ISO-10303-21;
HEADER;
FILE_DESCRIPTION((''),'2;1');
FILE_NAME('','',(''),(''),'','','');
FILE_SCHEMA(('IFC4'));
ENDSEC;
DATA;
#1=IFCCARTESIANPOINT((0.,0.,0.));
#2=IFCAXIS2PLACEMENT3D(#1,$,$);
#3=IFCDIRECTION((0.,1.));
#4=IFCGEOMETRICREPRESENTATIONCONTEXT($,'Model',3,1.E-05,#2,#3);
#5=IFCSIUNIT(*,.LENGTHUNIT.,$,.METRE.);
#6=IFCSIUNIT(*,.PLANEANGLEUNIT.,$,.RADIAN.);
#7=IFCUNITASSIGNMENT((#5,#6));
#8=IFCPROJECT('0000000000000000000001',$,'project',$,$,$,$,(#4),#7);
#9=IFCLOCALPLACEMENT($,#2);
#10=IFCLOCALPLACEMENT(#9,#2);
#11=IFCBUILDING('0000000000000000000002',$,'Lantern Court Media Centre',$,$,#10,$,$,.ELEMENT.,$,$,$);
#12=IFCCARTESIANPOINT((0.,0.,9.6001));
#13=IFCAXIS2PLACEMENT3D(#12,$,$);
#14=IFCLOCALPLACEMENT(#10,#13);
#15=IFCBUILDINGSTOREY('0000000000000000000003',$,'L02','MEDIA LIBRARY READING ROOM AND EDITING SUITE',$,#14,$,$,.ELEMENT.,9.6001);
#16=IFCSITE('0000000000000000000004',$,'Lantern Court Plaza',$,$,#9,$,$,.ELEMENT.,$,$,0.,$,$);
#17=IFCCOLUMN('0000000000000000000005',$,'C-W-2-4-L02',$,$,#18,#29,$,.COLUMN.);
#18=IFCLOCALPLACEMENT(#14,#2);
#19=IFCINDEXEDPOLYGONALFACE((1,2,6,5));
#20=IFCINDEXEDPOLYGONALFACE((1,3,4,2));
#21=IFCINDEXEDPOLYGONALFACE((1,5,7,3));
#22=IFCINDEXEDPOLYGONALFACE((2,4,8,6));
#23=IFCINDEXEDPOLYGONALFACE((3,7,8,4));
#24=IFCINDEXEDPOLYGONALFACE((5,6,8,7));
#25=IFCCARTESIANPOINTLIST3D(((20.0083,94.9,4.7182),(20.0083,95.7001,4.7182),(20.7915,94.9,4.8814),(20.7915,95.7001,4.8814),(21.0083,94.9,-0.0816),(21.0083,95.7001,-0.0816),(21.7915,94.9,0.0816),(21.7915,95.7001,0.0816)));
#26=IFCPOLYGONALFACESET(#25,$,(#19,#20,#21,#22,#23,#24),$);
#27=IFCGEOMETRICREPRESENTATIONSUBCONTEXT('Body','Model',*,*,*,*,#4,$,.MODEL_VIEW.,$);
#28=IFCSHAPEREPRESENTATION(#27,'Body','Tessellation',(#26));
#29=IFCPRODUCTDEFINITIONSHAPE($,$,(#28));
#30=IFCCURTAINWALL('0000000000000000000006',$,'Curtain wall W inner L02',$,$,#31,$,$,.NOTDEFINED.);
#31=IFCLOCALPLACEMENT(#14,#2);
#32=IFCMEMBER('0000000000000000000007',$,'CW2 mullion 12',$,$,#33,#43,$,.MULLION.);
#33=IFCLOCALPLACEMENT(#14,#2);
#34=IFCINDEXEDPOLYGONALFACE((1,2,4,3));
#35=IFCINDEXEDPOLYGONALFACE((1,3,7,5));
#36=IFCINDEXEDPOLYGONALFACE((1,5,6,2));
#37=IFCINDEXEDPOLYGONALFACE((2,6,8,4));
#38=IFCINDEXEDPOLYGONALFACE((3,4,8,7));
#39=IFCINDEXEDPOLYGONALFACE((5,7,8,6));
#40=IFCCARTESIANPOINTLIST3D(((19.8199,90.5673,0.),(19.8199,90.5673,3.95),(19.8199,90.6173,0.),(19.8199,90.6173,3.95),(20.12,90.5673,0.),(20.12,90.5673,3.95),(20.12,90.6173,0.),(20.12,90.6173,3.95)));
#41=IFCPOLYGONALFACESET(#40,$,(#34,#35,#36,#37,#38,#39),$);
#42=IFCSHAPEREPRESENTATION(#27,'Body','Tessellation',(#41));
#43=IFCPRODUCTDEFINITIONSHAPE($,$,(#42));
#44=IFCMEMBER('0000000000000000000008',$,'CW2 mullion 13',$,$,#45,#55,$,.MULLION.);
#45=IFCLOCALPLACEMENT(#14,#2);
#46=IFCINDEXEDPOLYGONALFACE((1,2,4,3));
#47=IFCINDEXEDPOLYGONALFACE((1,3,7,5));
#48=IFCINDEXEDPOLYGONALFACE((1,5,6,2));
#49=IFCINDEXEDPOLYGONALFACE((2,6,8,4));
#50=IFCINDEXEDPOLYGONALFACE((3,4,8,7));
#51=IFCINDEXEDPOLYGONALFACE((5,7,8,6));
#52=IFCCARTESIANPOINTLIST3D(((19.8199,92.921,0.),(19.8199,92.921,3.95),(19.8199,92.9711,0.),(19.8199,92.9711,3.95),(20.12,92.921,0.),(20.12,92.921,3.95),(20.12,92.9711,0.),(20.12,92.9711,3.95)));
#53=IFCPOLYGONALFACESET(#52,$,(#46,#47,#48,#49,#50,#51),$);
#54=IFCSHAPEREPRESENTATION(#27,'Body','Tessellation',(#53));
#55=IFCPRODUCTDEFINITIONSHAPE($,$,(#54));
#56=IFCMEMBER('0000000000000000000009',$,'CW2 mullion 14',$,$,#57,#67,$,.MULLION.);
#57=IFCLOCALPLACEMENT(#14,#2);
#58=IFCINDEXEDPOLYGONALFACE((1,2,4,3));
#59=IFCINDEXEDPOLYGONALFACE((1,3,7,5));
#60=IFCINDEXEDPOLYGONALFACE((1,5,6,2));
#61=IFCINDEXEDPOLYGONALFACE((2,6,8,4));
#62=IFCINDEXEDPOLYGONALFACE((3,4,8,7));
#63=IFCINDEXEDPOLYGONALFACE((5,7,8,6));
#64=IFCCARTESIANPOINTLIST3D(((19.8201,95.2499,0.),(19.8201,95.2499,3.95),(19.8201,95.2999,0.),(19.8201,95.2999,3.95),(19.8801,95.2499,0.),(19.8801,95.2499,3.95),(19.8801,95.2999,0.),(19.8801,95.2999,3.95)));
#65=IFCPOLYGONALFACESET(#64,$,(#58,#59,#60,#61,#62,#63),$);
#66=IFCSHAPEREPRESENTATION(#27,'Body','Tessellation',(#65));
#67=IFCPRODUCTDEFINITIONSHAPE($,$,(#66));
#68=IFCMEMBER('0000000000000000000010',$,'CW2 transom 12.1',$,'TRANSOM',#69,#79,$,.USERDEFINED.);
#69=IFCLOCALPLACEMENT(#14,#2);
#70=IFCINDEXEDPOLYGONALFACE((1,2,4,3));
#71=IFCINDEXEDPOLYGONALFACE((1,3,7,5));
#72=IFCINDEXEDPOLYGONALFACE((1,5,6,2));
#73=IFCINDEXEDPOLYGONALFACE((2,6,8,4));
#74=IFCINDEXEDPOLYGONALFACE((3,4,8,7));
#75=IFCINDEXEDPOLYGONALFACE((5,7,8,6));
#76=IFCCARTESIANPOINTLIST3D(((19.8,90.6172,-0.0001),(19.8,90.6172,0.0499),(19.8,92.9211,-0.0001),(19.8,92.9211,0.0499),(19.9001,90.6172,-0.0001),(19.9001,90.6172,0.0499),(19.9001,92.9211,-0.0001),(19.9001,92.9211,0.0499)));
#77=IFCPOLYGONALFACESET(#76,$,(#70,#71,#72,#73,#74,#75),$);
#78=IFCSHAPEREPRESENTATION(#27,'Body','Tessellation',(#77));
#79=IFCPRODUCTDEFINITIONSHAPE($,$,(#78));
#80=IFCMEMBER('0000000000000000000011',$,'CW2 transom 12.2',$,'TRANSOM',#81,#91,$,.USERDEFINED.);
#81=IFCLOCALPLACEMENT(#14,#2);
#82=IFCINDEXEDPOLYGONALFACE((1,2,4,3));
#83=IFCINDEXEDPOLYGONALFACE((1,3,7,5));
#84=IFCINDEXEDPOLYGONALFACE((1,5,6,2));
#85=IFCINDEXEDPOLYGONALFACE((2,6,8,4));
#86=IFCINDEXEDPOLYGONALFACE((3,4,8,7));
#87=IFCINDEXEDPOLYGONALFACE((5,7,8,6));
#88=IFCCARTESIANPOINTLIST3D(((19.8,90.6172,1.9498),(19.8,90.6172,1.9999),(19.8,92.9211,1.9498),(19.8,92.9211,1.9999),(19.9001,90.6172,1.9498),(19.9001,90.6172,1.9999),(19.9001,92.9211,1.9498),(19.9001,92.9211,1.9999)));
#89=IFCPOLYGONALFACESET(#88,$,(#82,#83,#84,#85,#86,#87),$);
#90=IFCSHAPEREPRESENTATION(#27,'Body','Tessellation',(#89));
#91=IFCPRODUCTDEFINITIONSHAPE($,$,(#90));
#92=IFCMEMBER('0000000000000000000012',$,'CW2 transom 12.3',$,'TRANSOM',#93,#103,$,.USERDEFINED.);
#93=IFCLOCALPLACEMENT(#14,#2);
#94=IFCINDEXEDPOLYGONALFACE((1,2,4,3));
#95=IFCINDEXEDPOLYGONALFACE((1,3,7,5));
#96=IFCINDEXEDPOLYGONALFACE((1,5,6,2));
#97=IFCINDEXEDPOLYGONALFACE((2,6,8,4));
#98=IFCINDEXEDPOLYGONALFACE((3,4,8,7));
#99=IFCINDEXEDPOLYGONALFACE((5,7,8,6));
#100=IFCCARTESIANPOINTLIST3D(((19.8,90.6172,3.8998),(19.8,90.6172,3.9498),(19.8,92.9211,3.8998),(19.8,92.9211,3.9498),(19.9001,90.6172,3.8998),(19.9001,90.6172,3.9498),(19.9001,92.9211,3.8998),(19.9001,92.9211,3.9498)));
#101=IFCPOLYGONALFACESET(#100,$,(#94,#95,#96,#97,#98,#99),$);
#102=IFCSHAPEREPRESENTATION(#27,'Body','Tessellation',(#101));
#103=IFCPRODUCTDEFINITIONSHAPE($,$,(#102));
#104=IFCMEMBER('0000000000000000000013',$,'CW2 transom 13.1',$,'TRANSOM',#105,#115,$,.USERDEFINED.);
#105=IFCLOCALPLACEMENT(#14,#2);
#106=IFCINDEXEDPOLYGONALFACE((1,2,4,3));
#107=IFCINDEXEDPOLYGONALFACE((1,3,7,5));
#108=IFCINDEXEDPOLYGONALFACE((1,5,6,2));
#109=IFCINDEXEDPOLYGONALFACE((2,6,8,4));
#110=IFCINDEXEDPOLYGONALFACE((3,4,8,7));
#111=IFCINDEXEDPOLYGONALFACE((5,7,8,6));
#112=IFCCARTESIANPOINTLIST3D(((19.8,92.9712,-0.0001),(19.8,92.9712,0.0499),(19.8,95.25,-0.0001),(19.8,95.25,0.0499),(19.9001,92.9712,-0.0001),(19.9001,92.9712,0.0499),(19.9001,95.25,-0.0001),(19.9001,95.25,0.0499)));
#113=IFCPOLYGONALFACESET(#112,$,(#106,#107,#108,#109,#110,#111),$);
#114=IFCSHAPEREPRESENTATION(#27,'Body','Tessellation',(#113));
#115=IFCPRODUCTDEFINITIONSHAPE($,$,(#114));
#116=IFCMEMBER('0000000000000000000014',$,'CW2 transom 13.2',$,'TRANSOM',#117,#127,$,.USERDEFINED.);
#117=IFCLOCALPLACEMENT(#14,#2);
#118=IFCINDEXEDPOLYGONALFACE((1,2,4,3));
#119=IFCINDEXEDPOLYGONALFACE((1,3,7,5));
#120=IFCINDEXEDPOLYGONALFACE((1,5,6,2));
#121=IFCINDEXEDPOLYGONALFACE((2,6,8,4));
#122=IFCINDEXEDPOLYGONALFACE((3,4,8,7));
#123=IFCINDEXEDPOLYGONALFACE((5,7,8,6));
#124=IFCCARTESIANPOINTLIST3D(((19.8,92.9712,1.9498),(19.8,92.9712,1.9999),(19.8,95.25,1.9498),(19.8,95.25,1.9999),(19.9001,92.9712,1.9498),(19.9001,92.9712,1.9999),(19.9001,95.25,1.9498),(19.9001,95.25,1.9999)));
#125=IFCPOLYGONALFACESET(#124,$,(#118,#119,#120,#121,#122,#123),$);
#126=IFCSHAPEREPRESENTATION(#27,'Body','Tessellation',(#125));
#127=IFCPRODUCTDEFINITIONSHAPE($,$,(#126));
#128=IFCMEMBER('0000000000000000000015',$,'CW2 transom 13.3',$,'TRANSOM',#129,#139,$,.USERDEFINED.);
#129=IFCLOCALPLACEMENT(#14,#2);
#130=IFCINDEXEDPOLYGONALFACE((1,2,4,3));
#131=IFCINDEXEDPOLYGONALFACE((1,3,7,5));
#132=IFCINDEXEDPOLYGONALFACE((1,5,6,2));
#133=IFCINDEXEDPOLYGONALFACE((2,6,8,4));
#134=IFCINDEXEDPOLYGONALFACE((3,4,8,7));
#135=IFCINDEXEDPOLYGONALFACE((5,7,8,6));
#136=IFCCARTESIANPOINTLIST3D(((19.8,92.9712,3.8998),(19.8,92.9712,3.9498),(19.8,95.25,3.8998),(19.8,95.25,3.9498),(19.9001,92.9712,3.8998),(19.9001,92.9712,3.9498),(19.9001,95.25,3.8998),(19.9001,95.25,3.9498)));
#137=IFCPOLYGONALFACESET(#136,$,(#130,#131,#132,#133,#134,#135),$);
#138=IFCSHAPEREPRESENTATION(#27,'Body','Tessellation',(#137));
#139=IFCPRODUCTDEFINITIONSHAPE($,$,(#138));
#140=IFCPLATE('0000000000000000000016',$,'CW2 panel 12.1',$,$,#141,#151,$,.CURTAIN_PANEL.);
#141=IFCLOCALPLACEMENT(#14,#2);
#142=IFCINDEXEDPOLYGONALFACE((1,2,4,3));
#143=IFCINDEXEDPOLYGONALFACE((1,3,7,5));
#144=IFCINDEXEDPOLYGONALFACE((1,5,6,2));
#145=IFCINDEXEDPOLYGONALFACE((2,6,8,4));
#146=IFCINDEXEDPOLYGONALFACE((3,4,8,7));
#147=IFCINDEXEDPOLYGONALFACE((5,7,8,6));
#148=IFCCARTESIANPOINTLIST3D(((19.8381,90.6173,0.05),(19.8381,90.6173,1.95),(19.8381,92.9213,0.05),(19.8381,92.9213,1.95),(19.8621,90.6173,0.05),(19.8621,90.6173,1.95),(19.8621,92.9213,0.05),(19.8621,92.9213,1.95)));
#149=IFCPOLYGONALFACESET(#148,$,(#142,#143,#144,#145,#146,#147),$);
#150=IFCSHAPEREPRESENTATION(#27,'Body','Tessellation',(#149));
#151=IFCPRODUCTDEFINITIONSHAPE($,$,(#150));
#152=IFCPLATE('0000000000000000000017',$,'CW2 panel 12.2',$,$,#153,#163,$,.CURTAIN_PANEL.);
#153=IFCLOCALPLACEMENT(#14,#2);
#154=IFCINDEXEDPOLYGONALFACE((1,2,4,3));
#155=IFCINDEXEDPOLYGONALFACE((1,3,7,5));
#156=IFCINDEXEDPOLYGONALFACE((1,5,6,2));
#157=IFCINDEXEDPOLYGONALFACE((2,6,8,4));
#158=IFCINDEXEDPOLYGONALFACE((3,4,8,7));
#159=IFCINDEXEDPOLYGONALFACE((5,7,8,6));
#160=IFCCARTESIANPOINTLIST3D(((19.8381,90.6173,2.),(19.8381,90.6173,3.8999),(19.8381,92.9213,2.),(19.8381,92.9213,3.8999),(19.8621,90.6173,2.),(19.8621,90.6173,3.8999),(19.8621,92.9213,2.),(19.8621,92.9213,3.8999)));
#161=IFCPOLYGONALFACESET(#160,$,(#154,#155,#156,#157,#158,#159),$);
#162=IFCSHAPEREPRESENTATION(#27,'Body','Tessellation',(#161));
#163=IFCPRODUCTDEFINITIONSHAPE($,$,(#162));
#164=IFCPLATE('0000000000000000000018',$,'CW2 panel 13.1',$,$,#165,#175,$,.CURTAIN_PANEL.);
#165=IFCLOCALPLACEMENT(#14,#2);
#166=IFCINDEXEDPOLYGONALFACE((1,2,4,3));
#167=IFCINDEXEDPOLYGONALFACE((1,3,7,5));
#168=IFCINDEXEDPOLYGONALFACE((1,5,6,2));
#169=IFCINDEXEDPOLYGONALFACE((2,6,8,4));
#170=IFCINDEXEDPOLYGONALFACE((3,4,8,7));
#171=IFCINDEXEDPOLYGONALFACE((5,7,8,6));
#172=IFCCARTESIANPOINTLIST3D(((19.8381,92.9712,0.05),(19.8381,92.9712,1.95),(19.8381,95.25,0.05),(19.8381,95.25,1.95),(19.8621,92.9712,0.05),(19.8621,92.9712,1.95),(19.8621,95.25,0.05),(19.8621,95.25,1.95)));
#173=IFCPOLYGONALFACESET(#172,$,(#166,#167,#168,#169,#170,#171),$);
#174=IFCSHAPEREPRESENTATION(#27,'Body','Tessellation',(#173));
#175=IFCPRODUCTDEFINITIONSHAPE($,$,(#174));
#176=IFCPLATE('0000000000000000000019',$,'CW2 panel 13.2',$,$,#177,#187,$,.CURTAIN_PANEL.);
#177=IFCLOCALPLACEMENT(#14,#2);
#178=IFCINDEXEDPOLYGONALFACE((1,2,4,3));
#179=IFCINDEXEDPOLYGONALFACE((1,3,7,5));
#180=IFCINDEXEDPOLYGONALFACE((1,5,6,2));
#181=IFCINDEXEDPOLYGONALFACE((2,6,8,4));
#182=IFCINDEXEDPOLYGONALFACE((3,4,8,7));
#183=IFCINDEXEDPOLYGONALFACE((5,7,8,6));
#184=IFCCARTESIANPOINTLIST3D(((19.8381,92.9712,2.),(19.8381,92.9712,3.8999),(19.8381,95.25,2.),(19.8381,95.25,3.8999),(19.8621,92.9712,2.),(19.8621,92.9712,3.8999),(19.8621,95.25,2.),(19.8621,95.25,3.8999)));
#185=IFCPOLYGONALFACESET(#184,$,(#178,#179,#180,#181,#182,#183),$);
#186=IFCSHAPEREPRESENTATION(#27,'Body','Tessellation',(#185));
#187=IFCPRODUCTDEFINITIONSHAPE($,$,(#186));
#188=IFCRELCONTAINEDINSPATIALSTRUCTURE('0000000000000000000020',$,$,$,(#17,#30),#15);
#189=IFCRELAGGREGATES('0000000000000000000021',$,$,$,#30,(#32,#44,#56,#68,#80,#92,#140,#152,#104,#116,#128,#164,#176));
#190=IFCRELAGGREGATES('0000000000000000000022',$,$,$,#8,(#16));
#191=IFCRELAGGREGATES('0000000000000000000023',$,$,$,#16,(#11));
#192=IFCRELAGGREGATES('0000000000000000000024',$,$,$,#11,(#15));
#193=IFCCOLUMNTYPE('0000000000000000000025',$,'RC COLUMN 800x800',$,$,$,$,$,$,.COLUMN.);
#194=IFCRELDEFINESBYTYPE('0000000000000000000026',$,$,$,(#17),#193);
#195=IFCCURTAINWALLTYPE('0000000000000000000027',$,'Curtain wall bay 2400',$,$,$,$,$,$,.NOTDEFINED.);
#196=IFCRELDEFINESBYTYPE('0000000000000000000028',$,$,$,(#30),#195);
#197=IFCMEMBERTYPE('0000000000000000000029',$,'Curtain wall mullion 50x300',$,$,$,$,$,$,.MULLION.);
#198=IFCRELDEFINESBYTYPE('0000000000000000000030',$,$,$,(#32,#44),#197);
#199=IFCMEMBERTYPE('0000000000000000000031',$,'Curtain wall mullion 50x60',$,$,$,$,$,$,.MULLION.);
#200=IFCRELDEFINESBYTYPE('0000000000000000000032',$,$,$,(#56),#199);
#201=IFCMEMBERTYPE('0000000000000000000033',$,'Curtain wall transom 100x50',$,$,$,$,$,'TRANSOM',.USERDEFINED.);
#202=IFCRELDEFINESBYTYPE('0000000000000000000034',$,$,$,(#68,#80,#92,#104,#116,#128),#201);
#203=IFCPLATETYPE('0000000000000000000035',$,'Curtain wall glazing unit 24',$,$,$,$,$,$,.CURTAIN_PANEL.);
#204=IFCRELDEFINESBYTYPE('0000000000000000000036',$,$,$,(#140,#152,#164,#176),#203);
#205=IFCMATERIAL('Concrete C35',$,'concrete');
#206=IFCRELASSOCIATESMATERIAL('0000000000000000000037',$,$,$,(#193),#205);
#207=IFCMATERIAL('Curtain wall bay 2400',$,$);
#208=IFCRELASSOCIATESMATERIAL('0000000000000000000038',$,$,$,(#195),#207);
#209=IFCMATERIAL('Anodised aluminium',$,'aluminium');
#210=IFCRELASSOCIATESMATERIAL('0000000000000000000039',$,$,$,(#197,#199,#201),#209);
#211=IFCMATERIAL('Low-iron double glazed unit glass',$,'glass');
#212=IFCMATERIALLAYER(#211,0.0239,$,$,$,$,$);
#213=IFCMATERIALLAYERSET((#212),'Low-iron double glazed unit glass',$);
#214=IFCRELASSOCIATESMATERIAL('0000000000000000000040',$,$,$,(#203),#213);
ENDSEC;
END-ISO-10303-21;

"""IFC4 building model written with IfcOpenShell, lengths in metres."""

from ifc_helpers import new_model, si_unit, direction, frame, origin, origin_2d, place, context, subcontext, project, spatial, rectangle, extrude, material, layer, layer_set, material_profile, profile_set, type_object, element, aggregate, save


model = new_model("IFC4")

# Units and contexts
model_context = context("Model", 3, precision=1e-05, world=origin(), true_north=direction((0.0, 1.0)))
body_context = subcontext(model_context, "Body", "Model", "MODEL_VIEW")
ifc_project = project(units=[si_unit("LENGTHUNIT", "METRE"), si_unit("PLANEANGLEUNIT", "RADIAN")], contexts=[model_context])

# Site, building, storey
site_placement = place(None, origin())
site = spatial("IfcSite", under=ifc_project, at=site_placement, Name="Lantern Court Plaza", CompositionType="ELEMENT", RefElevation=0.0)
building_placement = place(site_placement, origin())
building = spatial("IfcBuilding", under=site, at=building_placement, Name="Lantern Court Media Centre", CompositionType="ELEMENT")
storey_placement = place(building_placement, frame((0.0, 0.0, 9.6001)))
storey = spatial("IfcBuildingStorey", under=building, at=storey_placement, Name="L02", Description="MEDIA LIBRARY READING ROOM AND EDITING SUITE", CompositionType="ELEMENT", Elevation=9.6001)

# Column
ifc_material_1 = material(Name="Concrete C35", Category="concrete")
ifc_material_profile_1 = material_profile(ifc_material_1, rectangle(XDim=0.8, YDim=0.8, at=origin_2d()), Name="RC 800x800")
ifc_profile_set_1 = profile_set([ifc_material_profile_1], Name="Concrete C35")
column_type = type_object("IfcColumnType", Name="RC COLUMN 800x800", PredefinedType="COLUMN", material=ifc_profile_set_1)
column_placement = place(storey_placement, frame((21.3999, 95.3, 0.0), z_axis=(-0.203962, 0.0, 0.978979), x_axis=(0.0, -1.0, 0.0)))
element("IfcColumn", 1, at=column_placement, inside=storey, type_object=column_type, Name="C-W-2-4-L02", PredefinedType="COLUMN", context=body_context, shape_type="SweptSolid", body=[
    extrude(rectangle(XDim=0.8, YDim=0.8, at=origin_2d()), origin(), (0.0, 0.0, 1.0), 4.9028),
])

# Curtain wall, members, plates
ifc_material_2 = material(Name="Curtain wall bay 2400")
curtain_wall_type = type_object("IfcCurtainWallType", Name="Curtain wall bay 2400", PredefinedType="NOTDEFINED", material=ifc_material_2)
curtain_wall_placement = place(storey_placement, origin())
curtain_wall = element("IfcCurtainWall", 2, at=curtain_wall_placement, inside=storey, type_object=curtain_wall_type, Name="Curtain wall W inner L02", PredefinedType="NOTDEFINED")
ifc_material_3 = material(Name="Anodised aluminium", Category="aluminium")
ifc_material_profile_2 = material_profile(ifc_material_3, rectangle(XDim=0.3, YDim=0.05, at=origin_2d()), Name="AL 50x300")
ifc_profile_set_2 = profile_set([ifc_material_profile_2], Name="Anodised aluminium")
member_type_1 = type_object("IfcMemberType", Name="Curtain wall mullion 50x300", PredefinedType="MULLION", material=ifc_profile_set_2)
member_1_placement = place(storey_placement, frame((19.97, 90.5923, 0.0), z_axis=(0.0, 0.0, 1.0), x_axis=(-1.0, 0.0, 0.0)))
member_1 = element("IfcMember", 3, at=member_1_placement, type_object=member_type_1, Name="CW2 mullion 12", PredefinedType="MULLION", context=body_context, shape_type="SweptSolid", body=[
    extrude(rectangle(XDim=0.3, YDim=0.05, at=origin_2d()), origin(), (0.0, 0.0, 1.0), 3.95),
])
member_2_placement = place(storey_placement, frame((19.97, 92.946, 0.0), z_axis=(0.0, 0.0, 1.0), x_axis=(-1.0, 0.0, 0.0)))
member_2 = element("IfcMember", 4, at=member_2_placement, type_object=member_type_1, Name="CW2 mullion 13", PredefinedType="MULLION", context=body_context, shape_type="SweptSolid", body=[
    extrude(rectangle(XDim=0.3, YDim=0.05, at=origin_2d()), origin(), (0.0, 0.0, 1.0), 3.95),
])
ifc_material_profile_3 = material_profile(ifc_material_3, rectangle(XDim=0.0601, YDim=0.05, at=origin_2d()), Name="AL 50x60")
ifc_profile_set_3 = profile_set([ifc_material_profile_3], Name="Anodised aluminium")
member_type_2 = type_object("IfcMemberType", Name="Curtain wall mullion 50x60", PredefinedType="MULLION", material=ifc_profile_set_3)
member_3_placement = place(storey_placement, frame((19.8501, 95.2749, 0.0), z_axis=(0.0, 0.0, 1.0), x_axis=(-1.0, 0.0, 0.0)))
member_3 = element("IfcMember", 5, at=member_3_placement, type_object=member_type_2, Name="CW2 mullion 14", PredefinedType="MULLION", context=body_context, shape_type="SweptSolid", body=[
    extrude(rectangle(XDim=0.0601, YDim=0.05, at=origin_2d()), origin(), (0.0, 0.0, 1.0), 3.95),
])
ifc_material_profile_4 = material_profile(ifc_material_3, rectangle(XDim=0.1001, YDim=0.05, at=origin_2d()), Name="AL 50x100")
ifc_profile_set_4 = profile_set([ifc_material_profile_4], Name="Anodised aluminium")
member_type_3 = type_object("IfcMemberType", Name="Curtain wall transom 100x50", ElementType="TRANSOM", PredefinedType="USERDEFINED", material=ifc_profile_set_4)
member_4_placement = place(storey_placement, frame((19.8501, 90.6172, 0.0249), z_axis=(0.0, 1.0, 0.0), x_axis=(-1.0, 0.0, 0.0)))
member_4 = element("IfcMember", 6, at=member_4_placement, type_object=member_type_3, Name="CW2 transom 12.1", ObjectType="TRANSOM", PredefinedType="USERDEFINED", context=body_context, shape_type="SweptSolid", body=[
    extrude(rectangle(XDim=0.1001, YDim=0.05, at=origin_2d()), origin(), (0.0, 0.0, 1.0), 2.304),
])
member_5_placement = place(storey_placement, frame((19.8501, 90.6172, 1.9749), z_axis=(0.0, 1.0, 0.0), x_axis=(-1.0, 0.0, 0.0)))
member_5 = element("IfcMember", 7, at=member_5_placement, type_object=member_type_3, Name="CW2 transom 12.2", ObjectType="TRANSOM", PredefinedType="USERDEFINED", context=body_context, shape_type="SweptSolid", body=[
    extrude(rectangle(XDim=0.1001, YDim=0.05, at=origin_2d()), origin(), (0.0, 0.0, 1.0), 2.304),
])
member_6_placement = place(storey_placement, frame((19.8501, 90.6172, 3.9248), z_axis=(0.0, 1.0, 0.0), x_axis=(-1.0, 0.0, 0.0)))
member_6 = element("IfcMember", 8, at=member_6_placement, type_object=member_type_3, Name="CW2 transom 12.3", ObjectType="TRANSOM", PredefinedType="USERDEFINED", context=body_context, shape_type="SweptSolid", body=[
    extrude(rectangle(XDim=0.1001, YDim=0.05, at=origin_2d()), origin(), (0.0, 0.0, 1.0), 2.304),
])
member_7_placement = place(storey_placement, frame((19.8501, 92.9712, 0.0249), z_axis=(0.0, 1.0, 0.0), x_axis=(-1.0, 0.0, 0.0)))
member_7 = element("IfcMember", 9, at=member_7_placement, type_object=member_type_3, Name="CW2 transom 13.1", ObjectType="TRANSOM", PredefinedType="USERDEFINED", context=body_context, shape_type="SweptSolid", body=[
    extrude(rectangle(XDim=0.1001, YDim=0.05, at=origin_2d()), origin(), (0.0, 0.0, 1.0), 2.2788),
])
member_8_placement = place(storey_placement, frame((19.8501, 92.9712, 1.9749), z_axis=(0.0, 1.0, 0.0), x_axis=(-1.0, 0.0, 0.0)))
member_8 = element("IfcMember", 10, at=member_8_placement, type_object=member_type_3, Name="CW2 transom 13.2", ObjectType="TRANSOM", PredefinedType="USERDEFINED", context=body_context, shape_type="SweptSolid", body=[
    extrude(rectangle(XDim=0.1001, YDim=0.05, at=origin_2d()), origin(), (0.0, 0.0, 1.0), 2.2788),
])
member_9_placement = place(storey_placement, frame((19.8501, 92.9712, 3.9248), z_axis=(0.0, 1.0, 0.0), x_axis=(-1.0, 0.0, 0.0)))
member_9 = element("IfcMember", 11, at=member_9_placement, type_object=member_type_3, Name="CW2 transom 13.3", ObjectType="TRANSOM", PredefinedType="USERDEFINED", context=body_context, shape_type="SweptSolid", body=[
    extrude(rectangle(XDim=0.1001, YDim=0.05, at=origin_2d()), origin(), (0.0, 0.0, 1.0), 2.2788),
])
ifc_material_4 = material(Name="Low-iron double glazed unit glass", Category="glass")
ifc_layer_1 = layer(ifc_material_4, 0.0239)
ifc_layer_set_1 = layer_set([ifc_layer_1], Name="Low-iron double glazed unit glass")
plate_type = type_object("IfcPlateType", Name="Curtain wall glazing unit 24", PredefinedType="CURTAIN_PANEL", material=ifc_layer_set_1)
plate_1_placement = place(storey_placement, frame((19.8501, 91.7693, 0.05), z_axis=(0.0, 0.0, 1.0), x_axis=(0.0, 1.0, 0.0)))
plate_1 = element("IfcPlate", 12, at=plate_1_placement, type_object=plate_type, Name="CW2 panel 12.1", PredefinedType="CURTAIN_PANEL", context=body_context, shape_type="SweptSolid", body=[
    extrude(rectangle(XDim=2.304, YDim=0.0239, at=origin_2d()), origin(), (0.0, 0.0, 1.0), 1.8999),
])
plate_2_placement = place(storey_placement, frame((19.8501, 91.7693, 2.0), z_axis=(0.0, 0.0, 1.0), x_axis=(0.0, 1.0, 0.0)))
plate_2 = element("IfcPlate", 13, at=plate_2_placement, type_object=plate_type, Name="CW2 panel 12.2", PredefinedType="CURTAIN_PANEL", context=body_context, shape_type="SweptSolid", body=[
    extrude(rectangle(XDim=2.304, YDim=0.0239, at=origin_2d()), origin(), (0.0, 0.0, 1.0), 1.8999),
])
plate_3_placement = place(storey_placement, frame((19.8501, 94.1106, 0.05), z_axis=(0.0, 0.0, 1.0), x_axis=(0.0, 1.0, 0.0)))
plate_3 = element("IfcPlate", 14, at=plate_3_placement, type_object=plate_type, Name="CW2 panel 13.1", PredefinedType="CURTAIN_PANEL", context=body_context, shape_type="SweptSolid", body=[
    extrude(rectangle(XDim=2.2788, YDim=0.0239, at=origin_2d()), origin(), (0.0, 0.0, 1.0), 1.8999),
])
plate_4_placement = place(storey_placement, frame((19.8501, 94.1106, 2.0), z_axis=(0.0, 0.0, 1.0), x_axis=(0.0, 1.0, 0.0)))
plate_4 = element("IfcPlate", 15, at=plate_4_placement, type_object=plate_type, Name="CW2 panel 13.2", PredefinedType="CURTAIN_PANEL", context=body_context, shape_type="SweptSolid", body=[
    extrude(rectangle(XDim=2.2788, YDim=0.0239, at=origin_2d()), origin(), (0.0, 0.0, 1.0), 1.8999),
])
aggregate(curtain_wall, [member_1, member_2, member_3, member_4, member_5, member_6, plate_1, plate_2, member_7, member_8, member_9, plate_3, plate_4])

save(model, "model.ifc")
